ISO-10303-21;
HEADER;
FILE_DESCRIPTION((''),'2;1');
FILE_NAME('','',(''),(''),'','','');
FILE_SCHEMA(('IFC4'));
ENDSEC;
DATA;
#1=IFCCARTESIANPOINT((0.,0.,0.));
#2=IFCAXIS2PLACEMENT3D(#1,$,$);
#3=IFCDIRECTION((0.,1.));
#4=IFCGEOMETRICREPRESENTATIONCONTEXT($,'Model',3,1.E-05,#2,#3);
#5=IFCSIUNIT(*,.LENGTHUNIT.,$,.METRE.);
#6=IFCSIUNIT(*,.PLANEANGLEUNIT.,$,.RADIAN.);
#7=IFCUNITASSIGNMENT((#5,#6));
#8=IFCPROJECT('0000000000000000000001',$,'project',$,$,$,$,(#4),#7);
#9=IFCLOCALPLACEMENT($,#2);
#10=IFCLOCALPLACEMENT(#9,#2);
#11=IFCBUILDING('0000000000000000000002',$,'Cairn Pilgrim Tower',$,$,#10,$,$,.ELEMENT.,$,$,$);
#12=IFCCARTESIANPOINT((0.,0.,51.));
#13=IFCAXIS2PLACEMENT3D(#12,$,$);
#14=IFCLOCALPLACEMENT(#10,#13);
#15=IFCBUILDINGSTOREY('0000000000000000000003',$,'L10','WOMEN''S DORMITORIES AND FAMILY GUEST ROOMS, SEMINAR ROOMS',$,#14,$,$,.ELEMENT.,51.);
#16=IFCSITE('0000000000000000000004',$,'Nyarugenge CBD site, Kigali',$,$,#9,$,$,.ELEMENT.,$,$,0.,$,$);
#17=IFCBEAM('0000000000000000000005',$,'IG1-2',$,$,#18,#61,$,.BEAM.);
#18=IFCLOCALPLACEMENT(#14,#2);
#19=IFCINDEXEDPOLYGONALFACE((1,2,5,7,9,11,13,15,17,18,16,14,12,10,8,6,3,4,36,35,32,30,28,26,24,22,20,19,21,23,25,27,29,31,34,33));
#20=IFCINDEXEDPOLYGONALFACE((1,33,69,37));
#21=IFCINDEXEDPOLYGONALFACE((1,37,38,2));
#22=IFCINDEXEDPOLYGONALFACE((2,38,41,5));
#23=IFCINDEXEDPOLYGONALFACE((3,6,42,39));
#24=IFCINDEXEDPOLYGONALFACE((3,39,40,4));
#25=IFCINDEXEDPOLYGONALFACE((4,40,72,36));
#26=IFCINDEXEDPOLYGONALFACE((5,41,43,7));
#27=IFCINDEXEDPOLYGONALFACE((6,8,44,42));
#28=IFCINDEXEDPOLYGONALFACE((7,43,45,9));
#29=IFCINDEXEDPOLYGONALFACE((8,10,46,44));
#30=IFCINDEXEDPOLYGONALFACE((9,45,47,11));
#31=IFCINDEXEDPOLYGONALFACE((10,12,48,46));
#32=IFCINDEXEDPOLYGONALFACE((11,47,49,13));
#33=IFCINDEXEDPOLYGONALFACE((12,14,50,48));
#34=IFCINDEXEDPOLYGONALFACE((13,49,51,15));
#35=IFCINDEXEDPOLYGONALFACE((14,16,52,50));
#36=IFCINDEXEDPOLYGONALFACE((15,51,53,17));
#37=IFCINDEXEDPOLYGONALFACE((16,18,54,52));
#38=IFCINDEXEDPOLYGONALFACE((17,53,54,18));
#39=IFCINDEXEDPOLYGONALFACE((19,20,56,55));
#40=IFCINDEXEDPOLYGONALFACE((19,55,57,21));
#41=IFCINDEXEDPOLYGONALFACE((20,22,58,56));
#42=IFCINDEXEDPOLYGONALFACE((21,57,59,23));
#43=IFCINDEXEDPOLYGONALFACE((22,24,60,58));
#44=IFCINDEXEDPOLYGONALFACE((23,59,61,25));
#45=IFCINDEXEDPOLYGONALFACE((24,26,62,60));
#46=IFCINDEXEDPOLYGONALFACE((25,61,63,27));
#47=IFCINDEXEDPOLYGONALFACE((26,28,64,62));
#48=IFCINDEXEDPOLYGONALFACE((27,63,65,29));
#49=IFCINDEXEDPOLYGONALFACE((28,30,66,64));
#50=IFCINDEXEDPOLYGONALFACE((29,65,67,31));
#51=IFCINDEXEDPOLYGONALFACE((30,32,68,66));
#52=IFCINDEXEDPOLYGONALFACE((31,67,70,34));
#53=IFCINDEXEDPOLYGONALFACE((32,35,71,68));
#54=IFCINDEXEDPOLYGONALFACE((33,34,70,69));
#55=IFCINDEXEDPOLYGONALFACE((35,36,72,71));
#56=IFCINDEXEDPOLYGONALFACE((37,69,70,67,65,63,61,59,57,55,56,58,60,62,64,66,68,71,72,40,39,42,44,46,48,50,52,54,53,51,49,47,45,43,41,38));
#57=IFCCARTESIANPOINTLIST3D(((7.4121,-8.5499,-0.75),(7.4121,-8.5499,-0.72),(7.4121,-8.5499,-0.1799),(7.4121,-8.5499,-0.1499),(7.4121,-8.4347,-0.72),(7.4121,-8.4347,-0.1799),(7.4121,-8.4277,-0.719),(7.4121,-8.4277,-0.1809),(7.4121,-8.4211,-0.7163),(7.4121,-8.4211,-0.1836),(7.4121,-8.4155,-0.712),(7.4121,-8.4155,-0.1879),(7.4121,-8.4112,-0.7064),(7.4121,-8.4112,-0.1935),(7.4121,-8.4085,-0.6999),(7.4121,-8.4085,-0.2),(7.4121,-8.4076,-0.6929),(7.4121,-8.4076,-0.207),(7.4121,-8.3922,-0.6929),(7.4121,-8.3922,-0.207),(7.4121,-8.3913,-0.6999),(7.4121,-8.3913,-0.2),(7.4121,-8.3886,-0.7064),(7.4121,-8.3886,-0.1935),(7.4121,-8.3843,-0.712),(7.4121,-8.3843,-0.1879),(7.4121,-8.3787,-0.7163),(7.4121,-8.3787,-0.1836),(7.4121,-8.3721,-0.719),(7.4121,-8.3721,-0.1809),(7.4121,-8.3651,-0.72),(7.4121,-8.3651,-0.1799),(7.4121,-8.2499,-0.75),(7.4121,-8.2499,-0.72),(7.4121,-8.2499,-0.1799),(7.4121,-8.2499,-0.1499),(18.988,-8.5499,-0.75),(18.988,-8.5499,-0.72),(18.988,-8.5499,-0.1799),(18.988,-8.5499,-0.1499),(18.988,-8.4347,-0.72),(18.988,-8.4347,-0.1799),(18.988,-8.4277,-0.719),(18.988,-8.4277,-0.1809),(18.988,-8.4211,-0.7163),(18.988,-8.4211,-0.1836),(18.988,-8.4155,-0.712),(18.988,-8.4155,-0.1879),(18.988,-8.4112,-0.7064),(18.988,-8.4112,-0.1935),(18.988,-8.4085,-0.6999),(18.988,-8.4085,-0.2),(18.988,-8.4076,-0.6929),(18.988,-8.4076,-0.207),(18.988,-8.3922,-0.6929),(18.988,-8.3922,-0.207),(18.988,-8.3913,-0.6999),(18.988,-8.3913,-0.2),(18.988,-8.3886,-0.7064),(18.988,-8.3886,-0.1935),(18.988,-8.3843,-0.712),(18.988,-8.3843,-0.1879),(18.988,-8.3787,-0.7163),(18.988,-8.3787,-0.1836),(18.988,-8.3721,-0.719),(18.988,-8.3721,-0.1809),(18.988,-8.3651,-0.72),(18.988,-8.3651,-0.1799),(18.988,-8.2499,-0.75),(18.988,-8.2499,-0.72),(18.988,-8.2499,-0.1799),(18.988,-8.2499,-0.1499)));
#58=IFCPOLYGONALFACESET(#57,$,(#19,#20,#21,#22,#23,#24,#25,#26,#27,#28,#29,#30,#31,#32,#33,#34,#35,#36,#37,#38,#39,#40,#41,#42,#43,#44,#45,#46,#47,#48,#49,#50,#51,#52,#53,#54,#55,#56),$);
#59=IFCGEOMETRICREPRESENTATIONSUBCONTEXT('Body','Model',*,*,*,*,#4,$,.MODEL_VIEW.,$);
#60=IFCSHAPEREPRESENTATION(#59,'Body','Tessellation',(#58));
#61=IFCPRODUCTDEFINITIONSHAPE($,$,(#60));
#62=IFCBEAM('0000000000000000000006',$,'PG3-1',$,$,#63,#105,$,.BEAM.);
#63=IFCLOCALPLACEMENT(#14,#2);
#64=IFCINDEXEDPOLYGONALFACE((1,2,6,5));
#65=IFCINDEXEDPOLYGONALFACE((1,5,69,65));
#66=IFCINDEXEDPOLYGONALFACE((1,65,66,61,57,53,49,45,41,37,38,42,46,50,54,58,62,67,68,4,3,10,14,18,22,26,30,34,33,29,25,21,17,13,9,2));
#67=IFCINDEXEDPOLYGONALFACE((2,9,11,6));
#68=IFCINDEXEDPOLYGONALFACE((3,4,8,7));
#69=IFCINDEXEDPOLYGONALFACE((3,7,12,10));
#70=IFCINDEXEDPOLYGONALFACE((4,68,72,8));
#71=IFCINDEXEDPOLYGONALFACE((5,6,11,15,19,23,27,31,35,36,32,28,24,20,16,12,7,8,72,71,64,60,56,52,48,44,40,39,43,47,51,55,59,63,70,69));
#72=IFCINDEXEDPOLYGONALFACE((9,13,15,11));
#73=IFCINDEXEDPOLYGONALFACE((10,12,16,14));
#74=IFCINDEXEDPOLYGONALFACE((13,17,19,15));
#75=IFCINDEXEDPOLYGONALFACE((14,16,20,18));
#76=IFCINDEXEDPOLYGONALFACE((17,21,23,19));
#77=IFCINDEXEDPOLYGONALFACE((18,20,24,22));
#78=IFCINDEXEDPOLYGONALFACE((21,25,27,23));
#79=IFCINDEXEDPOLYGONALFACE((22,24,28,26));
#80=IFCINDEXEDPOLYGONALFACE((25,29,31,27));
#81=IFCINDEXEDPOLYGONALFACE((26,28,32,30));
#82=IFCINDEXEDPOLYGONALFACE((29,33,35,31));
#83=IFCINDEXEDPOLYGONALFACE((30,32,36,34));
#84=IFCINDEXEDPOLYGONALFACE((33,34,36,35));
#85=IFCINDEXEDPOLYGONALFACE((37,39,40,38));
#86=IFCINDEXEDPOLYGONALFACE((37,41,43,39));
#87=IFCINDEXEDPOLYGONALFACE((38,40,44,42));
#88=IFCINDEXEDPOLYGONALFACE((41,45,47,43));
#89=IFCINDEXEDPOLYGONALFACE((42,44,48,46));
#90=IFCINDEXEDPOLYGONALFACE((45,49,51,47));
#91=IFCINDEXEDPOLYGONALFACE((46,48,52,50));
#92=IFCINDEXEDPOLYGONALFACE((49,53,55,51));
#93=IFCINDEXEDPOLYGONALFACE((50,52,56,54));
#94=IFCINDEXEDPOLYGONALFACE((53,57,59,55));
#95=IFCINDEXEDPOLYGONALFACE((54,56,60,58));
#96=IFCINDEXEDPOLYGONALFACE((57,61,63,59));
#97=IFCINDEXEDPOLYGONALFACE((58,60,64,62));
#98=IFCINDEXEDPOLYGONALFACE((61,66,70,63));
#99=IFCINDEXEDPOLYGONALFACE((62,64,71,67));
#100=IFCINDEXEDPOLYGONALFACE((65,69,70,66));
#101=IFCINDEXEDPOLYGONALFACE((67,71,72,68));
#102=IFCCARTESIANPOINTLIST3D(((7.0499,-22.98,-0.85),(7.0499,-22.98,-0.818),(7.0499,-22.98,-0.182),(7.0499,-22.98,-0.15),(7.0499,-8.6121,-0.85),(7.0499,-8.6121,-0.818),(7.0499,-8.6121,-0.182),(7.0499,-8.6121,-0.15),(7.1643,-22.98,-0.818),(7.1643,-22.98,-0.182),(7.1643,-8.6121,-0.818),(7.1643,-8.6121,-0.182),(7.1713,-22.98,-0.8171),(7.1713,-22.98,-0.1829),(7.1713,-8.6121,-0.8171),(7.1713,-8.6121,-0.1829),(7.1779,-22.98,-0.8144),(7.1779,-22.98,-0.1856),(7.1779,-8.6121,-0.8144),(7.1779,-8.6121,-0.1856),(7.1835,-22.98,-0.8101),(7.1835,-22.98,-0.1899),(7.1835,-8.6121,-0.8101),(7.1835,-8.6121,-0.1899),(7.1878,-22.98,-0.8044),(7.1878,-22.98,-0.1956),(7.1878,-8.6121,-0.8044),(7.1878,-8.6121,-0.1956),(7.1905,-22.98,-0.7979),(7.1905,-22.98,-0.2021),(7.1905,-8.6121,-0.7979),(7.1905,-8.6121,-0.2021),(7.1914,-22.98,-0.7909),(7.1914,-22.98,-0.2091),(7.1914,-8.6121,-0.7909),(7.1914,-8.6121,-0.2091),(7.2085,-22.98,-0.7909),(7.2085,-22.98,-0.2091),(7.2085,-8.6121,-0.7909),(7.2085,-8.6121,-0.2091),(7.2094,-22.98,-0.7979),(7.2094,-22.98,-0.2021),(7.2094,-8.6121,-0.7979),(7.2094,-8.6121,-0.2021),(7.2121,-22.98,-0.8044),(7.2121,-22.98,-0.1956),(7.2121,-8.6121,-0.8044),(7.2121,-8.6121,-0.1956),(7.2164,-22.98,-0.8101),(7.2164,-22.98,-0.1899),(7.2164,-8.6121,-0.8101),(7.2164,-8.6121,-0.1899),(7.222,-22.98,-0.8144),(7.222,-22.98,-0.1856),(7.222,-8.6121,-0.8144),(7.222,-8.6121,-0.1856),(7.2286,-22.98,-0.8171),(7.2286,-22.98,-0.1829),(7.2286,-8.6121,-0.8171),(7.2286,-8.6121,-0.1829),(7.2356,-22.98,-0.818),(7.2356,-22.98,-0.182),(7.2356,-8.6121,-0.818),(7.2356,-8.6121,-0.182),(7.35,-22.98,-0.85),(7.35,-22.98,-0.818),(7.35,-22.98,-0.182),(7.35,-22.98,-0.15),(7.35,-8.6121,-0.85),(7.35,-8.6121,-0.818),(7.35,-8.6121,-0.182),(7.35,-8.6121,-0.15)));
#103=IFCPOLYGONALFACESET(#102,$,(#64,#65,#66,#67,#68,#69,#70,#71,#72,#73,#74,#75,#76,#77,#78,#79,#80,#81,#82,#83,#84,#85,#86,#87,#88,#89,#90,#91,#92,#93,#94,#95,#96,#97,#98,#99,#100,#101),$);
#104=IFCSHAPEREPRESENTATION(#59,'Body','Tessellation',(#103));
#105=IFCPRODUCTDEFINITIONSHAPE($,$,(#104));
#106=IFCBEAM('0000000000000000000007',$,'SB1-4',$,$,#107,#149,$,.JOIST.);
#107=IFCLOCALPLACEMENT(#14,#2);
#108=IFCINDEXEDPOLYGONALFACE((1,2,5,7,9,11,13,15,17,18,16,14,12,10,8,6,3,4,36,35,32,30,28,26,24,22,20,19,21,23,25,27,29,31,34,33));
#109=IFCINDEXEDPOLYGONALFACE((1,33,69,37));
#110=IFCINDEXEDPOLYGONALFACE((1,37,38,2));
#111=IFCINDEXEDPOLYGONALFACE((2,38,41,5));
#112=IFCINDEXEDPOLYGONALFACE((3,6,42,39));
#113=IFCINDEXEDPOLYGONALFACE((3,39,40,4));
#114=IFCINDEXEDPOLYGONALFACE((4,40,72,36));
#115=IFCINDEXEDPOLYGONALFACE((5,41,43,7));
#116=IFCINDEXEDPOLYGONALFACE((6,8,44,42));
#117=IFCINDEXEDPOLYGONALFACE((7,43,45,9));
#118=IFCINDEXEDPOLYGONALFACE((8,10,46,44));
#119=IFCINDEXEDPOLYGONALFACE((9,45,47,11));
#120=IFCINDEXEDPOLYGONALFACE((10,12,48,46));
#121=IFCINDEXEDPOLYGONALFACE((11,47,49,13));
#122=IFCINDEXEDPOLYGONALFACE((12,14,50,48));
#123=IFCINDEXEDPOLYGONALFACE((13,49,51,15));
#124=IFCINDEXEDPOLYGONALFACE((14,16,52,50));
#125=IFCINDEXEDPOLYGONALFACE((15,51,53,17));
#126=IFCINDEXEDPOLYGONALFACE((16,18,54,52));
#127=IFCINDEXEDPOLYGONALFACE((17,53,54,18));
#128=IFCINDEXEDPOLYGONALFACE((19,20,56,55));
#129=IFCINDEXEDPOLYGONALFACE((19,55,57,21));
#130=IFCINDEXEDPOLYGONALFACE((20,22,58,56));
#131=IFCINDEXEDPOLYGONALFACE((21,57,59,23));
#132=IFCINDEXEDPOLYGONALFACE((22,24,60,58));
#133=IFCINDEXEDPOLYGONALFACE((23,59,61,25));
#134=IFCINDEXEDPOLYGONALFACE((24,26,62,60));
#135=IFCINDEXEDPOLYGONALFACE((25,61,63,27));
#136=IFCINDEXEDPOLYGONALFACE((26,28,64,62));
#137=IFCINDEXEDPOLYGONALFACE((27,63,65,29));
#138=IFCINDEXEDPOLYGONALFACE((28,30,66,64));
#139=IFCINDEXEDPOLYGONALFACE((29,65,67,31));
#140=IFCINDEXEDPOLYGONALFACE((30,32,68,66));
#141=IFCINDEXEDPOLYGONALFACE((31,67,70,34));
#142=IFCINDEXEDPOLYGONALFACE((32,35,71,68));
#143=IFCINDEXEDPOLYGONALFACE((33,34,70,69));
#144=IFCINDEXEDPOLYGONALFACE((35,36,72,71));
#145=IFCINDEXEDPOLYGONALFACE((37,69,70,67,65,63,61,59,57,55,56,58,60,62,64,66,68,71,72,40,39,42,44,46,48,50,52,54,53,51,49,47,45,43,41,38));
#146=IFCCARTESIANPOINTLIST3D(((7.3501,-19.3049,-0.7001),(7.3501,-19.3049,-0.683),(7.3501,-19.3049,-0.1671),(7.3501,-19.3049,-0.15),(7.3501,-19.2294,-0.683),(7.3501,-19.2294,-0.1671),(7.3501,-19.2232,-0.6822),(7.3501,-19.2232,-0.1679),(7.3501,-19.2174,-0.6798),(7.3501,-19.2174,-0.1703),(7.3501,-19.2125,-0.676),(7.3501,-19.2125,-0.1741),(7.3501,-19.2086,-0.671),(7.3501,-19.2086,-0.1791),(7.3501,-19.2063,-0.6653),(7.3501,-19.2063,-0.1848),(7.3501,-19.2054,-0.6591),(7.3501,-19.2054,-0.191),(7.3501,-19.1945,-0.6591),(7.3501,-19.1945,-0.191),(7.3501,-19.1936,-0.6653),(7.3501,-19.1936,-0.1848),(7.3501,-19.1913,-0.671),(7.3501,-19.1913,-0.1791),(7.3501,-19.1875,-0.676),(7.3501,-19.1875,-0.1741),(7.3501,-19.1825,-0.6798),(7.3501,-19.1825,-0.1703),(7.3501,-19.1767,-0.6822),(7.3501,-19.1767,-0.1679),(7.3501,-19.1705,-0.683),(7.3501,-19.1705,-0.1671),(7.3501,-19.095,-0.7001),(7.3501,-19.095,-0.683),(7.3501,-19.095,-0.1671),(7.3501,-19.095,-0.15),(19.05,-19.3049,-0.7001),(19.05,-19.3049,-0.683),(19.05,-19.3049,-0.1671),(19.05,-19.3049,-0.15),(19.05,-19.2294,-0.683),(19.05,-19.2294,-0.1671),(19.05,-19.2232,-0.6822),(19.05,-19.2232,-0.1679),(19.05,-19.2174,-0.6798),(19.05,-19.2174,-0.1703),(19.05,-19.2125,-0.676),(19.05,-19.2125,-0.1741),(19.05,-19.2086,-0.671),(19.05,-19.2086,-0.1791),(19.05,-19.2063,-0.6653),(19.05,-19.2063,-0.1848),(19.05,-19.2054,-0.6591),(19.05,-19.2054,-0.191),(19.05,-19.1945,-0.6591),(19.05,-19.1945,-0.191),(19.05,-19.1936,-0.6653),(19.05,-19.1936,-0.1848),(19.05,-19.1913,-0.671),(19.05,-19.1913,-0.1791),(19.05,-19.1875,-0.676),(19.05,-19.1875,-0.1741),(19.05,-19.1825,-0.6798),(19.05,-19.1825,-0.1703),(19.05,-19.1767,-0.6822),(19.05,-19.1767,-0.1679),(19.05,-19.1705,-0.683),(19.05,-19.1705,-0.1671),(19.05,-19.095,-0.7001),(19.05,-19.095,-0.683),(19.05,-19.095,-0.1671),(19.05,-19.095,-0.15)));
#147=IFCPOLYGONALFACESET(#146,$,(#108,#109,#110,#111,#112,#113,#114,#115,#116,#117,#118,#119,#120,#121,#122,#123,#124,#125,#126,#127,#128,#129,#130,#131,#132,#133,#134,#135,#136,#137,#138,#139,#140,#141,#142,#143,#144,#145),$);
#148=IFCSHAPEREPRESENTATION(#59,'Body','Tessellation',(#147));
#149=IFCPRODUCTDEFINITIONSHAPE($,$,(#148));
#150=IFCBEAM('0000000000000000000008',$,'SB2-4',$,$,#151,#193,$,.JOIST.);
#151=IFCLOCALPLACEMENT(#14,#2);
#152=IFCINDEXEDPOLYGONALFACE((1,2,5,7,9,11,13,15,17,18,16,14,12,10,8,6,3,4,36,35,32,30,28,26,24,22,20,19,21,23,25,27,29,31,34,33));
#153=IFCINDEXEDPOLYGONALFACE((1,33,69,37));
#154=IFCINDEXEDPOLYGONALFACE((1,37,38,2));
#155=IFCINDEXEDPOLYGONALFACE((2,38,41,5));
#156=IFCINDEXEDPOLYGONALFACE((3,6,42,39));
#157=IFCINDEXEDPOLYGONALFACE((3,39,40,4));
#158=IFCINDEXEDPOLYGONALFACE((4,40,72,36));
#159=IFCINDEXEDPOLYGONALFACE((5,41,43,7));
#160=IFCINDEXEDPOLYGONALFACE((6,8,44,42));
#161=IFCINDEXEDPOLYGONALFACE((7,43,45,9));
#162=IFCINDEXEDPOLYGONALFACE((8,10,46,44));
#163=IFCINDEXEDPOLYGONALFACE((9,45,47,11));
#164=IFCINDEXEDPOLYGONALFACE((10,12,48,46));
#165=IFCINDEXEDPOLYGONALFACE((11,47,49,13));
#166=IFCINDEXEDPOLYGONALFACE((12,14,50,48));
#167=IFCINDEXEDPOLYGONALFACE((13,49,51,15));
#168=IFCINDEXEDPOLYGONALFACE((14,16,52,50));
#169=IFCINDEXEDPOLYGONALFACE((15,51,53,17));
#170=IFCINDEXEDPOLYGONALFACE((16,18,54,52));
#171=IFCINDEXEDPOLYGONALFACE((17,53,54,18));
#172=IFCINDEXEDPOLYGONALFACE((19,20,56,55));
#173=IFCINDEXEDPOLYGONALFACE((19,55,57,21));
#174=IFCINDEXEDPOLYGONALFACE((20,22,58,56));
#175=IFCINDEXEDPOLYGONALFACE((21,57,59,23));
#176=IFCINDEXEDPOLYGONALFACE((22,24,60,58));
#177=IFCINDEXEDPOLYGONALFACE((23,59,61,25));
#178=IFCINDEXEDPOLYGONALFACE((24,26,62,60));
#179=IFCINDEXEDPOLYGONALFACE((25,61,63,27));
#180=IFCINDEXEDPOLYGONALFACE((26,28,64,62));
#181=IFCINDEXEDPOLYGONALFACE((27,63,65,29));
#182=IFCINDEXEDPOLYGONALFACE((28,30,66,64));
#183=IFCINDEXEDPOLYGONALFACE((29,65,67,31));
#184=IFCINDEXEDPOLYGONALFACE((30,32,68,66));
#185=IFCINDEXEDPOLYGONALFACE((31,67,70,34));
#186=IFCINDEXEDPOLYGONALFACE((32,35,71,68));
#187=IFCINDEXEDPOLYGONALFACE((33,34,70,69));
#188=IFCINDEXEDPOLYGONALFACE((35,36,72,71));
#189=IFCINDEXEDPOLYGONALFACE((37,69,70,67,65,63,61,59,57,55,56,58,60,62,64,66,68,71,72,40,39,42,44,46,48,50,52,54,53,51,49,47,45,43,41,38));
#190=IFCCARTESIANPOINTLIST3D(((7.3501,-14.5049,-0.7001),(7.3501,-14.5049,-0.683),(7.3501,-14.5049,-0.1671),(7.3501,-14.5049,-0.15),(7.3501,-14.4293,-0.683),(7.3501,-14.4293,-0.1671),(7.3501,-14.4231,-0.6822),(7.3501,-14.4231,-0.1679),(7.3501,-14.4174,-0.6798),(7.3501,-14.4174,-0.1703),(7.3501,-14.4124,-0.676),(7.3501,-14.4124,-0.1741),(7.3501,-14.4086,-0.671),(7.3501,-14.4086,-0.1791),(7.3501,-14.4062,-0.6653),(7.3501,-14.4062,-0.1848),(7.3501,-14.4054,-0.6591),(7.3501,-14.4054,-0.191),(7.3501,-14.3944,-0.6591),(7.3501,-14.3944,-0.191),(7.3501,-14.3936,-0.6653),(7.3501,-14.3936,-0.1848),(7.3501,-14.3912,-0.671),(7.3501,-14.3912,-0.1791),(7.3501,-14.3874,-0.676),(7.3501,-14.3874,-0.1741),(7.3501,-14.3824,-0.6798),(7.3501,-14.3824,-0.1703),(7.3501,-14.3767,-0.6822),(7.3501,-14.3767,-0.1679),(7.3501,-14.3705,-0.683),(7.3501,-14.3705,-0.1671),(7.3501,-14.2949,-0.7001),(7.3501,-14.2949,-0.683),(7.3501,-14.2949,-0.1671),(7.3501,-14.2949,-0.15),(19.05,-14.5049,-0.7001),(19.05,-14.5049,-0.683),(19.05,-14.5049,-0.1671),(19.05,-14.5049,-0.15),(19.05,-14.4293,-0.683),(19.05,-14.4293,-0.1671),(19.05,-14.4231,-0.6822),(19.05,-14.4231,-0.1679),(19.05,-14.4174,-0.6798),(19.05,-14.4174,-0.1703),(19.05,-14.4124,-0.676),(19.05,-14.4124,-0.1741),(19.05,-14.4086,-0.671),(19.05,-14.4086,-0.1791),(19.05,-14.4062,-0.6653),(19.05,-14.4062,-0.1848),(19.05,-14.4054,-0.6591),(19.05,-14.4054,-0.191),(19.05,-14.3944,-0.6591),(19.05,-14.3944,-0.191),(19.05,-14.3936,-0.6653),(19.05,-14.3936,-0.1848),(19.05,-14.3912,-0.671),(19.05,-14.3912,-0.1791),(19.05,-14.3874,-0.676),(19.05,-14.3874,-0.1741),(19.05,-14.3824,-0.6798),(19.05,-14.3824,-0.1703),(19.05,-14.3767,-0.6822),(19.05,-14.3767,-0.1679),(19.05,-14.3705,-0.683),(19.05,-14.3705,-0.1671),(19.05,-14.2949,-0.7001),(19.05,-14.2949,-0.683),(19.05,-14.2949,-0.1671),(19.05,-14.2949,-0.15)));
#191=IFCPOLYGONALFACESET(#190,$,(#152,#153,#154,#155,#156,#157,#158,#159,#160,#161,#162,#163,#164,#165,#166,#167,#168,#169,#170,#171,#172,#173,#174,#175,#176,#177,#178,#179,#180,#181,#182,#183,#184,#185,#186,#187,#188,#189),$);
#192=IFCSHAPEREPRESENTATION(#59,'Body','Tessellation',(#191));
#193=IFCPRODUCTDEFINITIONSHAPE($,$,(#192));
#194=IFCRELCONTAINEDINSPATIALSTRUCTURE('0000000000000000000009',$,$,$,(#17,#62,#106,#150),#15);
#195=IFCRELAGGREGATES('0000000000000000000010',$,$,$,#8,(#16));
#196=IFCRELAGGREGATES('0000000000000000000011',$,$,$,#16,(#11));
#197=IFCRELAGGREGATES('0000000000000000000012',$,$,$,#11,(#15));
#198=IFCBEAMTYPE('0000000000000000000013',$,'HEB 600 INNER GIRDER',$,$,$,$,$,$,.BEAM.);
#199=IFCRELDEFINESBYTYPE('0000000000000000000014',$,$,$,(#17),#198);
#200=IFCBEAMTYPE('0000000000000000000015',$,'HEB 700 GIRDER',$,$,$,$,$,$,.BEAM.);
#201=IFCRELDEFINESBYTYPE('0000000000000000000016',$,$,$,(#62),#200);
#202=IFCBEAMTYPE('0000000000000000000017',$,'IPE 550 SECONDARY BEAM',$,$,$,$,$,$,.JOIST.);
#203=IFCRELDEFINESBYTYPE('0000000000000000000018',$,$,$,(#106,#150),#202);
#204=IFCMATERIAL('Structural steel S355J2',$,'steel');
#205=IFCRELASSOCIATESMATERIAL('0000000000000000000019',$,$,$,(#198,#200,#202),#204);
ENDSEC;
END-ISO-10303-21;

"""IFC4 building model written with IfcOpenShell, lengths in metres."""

from ifc_helpers import new_model, si_unit, direction, frame, origin, origin_2d, place, context, subcontext, project, spatial, i_section, extrude, material, material_profile, profile_set, type_object, element, save


model = new_model("IFC4")

# Units and contexts
model_context = context("Model", 3, precision=1e-05, world=origin(), true_north=direction((0.0, 1.0)))
body_context = subcontext(model_context, "Body", "Model", "MODEL_VIEW")
ifc_project = project(units=[si_unit("LENGTHUNIT", "METRE"), si_unit("PLANEANGLEUNIT", "RADIAN")], contexts=[model_context])

# Site, building, storey
site_placement = place(None, origin())
site = spatial("IfcSite", under=ifc_project, at=site_placement, Name="Nyarugenge CBD site, Kigali", CompositionType="ELEMENT", RefElevation=0.0)
building_placement = place(site_placement, origin())
building = spatial("IfcBuilding", under=site, at=building_placement, Name="Cairn Pilgrim Tower", CompositionType="ELEMENT")
storey_placement = place(building_placement, frame((0.0, 0.0, 51.0)))
storey = spatial("IfcBuildingStorey", under=building, at=storey_placement, Name="L10", Description="WOMEN'S DORMITORIES AND FAMILY GUEST ROOMS, SEMINAR ROOMS", CompositionType="ELEMENT", Elevation=51.0)

# Beams
ifc_material_1 = material(Name="Structural steel S355J2", Category="steel")
ifc_material_profile_1 = material_profile(ifc_material_1, i_section(OverallWidth=0.3, OverallDepth=0.6001, WebThickness=0.0154, FlangeThickness=0.03, FilletRadius=0.0271, at=origin_2d()), Name="HEB 600")
ifc_profile_set_1 = profile_set([ifc_material_profile_1], Name="Structural steel S355J2")
beam_type_1 = type_object("IfcBeamType", Name="HEB 600 INNER GIRDER", PredefinedType="BEAM", material=ifc_profile_set_1)
beam_1_placement = place(storey_placement, frame((7.4121, -8.3999, -0.45), z_axis=(1.0, 0.0, 0.0), x_axis=(0.0, 1.0, 0.0)))
element("IfcBeam", 1, at=beam_1_placement, inside=storey, type_object=beam_type_1, Name="IG1-2", PredefinedType="BEAM", context=body_context, shape_type="SweptSolid", body=[
    extrude(i_section(OverallWidth=0.3, OverallDepth=0.6001, WebThickness=0.0154, FlangeThickness=0.03, FilletRadius=0.0271, at=origin_2d()), origin(), (0.0, 0.0, 1.0), 11.5759),
])
ifc_material_profile_2 = material_profile(ifc_material_1, i_section(OverallWidth=0.3, OverallDepth=0.7, WebThickness=0.0171, FlangeThickness=0.032, FilletRadius=0.0271, at=origin_2d()), Name="HEB 700")
ifc_profile_set_2 = profile_set([ifc_material_profile_2], Name="Structural steel S355J2")
beam_type_2 = type_object("IfcBeamType", Name="HEB 700 GIRDER", PredefinedType="BEAM", material=ifc_profile_set_2)
beam_2_placement = place(storey_placement, frame((7.2, -22.98, -0.5), z_axis=(0.0, 1.0, 0.0), x_axis=(-1.0, 0.0, 0.0)))
element("IfcBeam", 2, at=beam_2_placement, inside=storey, type_object=beam_type_2, Name="PG3-1", PredefinedType="BEAM", context=body_context, shape_type="SweptSolid", body=[
    extrude(i_section(OverallWidth=0.3, OverallDepth=0.7, WebThickness=0.0171, FlangeThickness=0.032, FilletRadius=0.0271, at=origin_2d()), origin(), (0.0, 0.0, 1.0), 14.3679),
])
ifc_material_profile_3 = material_profile(ifc_material_1, i_section(OverallWidth=0.21, OverallDepth=0.55, WebThickness=0.011, FlangeThickness=0.0171, FilletRadius=0.0239, at=origin_2d()), Name="IPE 550")
ifc_profile_set_3 = profile_set([ifc_material_profile_3], Name="Structural steel S355J2")
beam_type_3 = type_object("IfcBeamType", Name="IPE 550 SECONDARY BEAM", PredefinedType="JOIST", material=ifc_profile_set_3)
for number, where, z_axis, x_axis, name in (
    (3, (7.3501, -19.2, -0.425), (1.0, 0.0, 0.0), (0.0, 1.0, 0.0), "SB1-4"),
    (4, (7.3501, -14.3999, -0.425), (1.0, 0.0, 0.0), (0.0, 1.0, 0.0), "SB2-4"),
):
    element("IfcBeam", number, at=place(storey_placement, frame(where, z_axis=z_axis, x_axis=x_axis)), inside=storey, type_object=beam_type_3, Name=name, PredefinedType="JOIST", context=body_context, shape_type="SweptSolid", body=[
        extrude(i_section(OverallWidth=0.21, OverallDepth=0.55, WebThickness=0.011, FlangeThickness=0.0171, FilletRadius=0.0239, at=origin_2d()), origin(), (0.0, 0.0, 1.0), 11.7),
    ])

save(model, "model.ifc")
